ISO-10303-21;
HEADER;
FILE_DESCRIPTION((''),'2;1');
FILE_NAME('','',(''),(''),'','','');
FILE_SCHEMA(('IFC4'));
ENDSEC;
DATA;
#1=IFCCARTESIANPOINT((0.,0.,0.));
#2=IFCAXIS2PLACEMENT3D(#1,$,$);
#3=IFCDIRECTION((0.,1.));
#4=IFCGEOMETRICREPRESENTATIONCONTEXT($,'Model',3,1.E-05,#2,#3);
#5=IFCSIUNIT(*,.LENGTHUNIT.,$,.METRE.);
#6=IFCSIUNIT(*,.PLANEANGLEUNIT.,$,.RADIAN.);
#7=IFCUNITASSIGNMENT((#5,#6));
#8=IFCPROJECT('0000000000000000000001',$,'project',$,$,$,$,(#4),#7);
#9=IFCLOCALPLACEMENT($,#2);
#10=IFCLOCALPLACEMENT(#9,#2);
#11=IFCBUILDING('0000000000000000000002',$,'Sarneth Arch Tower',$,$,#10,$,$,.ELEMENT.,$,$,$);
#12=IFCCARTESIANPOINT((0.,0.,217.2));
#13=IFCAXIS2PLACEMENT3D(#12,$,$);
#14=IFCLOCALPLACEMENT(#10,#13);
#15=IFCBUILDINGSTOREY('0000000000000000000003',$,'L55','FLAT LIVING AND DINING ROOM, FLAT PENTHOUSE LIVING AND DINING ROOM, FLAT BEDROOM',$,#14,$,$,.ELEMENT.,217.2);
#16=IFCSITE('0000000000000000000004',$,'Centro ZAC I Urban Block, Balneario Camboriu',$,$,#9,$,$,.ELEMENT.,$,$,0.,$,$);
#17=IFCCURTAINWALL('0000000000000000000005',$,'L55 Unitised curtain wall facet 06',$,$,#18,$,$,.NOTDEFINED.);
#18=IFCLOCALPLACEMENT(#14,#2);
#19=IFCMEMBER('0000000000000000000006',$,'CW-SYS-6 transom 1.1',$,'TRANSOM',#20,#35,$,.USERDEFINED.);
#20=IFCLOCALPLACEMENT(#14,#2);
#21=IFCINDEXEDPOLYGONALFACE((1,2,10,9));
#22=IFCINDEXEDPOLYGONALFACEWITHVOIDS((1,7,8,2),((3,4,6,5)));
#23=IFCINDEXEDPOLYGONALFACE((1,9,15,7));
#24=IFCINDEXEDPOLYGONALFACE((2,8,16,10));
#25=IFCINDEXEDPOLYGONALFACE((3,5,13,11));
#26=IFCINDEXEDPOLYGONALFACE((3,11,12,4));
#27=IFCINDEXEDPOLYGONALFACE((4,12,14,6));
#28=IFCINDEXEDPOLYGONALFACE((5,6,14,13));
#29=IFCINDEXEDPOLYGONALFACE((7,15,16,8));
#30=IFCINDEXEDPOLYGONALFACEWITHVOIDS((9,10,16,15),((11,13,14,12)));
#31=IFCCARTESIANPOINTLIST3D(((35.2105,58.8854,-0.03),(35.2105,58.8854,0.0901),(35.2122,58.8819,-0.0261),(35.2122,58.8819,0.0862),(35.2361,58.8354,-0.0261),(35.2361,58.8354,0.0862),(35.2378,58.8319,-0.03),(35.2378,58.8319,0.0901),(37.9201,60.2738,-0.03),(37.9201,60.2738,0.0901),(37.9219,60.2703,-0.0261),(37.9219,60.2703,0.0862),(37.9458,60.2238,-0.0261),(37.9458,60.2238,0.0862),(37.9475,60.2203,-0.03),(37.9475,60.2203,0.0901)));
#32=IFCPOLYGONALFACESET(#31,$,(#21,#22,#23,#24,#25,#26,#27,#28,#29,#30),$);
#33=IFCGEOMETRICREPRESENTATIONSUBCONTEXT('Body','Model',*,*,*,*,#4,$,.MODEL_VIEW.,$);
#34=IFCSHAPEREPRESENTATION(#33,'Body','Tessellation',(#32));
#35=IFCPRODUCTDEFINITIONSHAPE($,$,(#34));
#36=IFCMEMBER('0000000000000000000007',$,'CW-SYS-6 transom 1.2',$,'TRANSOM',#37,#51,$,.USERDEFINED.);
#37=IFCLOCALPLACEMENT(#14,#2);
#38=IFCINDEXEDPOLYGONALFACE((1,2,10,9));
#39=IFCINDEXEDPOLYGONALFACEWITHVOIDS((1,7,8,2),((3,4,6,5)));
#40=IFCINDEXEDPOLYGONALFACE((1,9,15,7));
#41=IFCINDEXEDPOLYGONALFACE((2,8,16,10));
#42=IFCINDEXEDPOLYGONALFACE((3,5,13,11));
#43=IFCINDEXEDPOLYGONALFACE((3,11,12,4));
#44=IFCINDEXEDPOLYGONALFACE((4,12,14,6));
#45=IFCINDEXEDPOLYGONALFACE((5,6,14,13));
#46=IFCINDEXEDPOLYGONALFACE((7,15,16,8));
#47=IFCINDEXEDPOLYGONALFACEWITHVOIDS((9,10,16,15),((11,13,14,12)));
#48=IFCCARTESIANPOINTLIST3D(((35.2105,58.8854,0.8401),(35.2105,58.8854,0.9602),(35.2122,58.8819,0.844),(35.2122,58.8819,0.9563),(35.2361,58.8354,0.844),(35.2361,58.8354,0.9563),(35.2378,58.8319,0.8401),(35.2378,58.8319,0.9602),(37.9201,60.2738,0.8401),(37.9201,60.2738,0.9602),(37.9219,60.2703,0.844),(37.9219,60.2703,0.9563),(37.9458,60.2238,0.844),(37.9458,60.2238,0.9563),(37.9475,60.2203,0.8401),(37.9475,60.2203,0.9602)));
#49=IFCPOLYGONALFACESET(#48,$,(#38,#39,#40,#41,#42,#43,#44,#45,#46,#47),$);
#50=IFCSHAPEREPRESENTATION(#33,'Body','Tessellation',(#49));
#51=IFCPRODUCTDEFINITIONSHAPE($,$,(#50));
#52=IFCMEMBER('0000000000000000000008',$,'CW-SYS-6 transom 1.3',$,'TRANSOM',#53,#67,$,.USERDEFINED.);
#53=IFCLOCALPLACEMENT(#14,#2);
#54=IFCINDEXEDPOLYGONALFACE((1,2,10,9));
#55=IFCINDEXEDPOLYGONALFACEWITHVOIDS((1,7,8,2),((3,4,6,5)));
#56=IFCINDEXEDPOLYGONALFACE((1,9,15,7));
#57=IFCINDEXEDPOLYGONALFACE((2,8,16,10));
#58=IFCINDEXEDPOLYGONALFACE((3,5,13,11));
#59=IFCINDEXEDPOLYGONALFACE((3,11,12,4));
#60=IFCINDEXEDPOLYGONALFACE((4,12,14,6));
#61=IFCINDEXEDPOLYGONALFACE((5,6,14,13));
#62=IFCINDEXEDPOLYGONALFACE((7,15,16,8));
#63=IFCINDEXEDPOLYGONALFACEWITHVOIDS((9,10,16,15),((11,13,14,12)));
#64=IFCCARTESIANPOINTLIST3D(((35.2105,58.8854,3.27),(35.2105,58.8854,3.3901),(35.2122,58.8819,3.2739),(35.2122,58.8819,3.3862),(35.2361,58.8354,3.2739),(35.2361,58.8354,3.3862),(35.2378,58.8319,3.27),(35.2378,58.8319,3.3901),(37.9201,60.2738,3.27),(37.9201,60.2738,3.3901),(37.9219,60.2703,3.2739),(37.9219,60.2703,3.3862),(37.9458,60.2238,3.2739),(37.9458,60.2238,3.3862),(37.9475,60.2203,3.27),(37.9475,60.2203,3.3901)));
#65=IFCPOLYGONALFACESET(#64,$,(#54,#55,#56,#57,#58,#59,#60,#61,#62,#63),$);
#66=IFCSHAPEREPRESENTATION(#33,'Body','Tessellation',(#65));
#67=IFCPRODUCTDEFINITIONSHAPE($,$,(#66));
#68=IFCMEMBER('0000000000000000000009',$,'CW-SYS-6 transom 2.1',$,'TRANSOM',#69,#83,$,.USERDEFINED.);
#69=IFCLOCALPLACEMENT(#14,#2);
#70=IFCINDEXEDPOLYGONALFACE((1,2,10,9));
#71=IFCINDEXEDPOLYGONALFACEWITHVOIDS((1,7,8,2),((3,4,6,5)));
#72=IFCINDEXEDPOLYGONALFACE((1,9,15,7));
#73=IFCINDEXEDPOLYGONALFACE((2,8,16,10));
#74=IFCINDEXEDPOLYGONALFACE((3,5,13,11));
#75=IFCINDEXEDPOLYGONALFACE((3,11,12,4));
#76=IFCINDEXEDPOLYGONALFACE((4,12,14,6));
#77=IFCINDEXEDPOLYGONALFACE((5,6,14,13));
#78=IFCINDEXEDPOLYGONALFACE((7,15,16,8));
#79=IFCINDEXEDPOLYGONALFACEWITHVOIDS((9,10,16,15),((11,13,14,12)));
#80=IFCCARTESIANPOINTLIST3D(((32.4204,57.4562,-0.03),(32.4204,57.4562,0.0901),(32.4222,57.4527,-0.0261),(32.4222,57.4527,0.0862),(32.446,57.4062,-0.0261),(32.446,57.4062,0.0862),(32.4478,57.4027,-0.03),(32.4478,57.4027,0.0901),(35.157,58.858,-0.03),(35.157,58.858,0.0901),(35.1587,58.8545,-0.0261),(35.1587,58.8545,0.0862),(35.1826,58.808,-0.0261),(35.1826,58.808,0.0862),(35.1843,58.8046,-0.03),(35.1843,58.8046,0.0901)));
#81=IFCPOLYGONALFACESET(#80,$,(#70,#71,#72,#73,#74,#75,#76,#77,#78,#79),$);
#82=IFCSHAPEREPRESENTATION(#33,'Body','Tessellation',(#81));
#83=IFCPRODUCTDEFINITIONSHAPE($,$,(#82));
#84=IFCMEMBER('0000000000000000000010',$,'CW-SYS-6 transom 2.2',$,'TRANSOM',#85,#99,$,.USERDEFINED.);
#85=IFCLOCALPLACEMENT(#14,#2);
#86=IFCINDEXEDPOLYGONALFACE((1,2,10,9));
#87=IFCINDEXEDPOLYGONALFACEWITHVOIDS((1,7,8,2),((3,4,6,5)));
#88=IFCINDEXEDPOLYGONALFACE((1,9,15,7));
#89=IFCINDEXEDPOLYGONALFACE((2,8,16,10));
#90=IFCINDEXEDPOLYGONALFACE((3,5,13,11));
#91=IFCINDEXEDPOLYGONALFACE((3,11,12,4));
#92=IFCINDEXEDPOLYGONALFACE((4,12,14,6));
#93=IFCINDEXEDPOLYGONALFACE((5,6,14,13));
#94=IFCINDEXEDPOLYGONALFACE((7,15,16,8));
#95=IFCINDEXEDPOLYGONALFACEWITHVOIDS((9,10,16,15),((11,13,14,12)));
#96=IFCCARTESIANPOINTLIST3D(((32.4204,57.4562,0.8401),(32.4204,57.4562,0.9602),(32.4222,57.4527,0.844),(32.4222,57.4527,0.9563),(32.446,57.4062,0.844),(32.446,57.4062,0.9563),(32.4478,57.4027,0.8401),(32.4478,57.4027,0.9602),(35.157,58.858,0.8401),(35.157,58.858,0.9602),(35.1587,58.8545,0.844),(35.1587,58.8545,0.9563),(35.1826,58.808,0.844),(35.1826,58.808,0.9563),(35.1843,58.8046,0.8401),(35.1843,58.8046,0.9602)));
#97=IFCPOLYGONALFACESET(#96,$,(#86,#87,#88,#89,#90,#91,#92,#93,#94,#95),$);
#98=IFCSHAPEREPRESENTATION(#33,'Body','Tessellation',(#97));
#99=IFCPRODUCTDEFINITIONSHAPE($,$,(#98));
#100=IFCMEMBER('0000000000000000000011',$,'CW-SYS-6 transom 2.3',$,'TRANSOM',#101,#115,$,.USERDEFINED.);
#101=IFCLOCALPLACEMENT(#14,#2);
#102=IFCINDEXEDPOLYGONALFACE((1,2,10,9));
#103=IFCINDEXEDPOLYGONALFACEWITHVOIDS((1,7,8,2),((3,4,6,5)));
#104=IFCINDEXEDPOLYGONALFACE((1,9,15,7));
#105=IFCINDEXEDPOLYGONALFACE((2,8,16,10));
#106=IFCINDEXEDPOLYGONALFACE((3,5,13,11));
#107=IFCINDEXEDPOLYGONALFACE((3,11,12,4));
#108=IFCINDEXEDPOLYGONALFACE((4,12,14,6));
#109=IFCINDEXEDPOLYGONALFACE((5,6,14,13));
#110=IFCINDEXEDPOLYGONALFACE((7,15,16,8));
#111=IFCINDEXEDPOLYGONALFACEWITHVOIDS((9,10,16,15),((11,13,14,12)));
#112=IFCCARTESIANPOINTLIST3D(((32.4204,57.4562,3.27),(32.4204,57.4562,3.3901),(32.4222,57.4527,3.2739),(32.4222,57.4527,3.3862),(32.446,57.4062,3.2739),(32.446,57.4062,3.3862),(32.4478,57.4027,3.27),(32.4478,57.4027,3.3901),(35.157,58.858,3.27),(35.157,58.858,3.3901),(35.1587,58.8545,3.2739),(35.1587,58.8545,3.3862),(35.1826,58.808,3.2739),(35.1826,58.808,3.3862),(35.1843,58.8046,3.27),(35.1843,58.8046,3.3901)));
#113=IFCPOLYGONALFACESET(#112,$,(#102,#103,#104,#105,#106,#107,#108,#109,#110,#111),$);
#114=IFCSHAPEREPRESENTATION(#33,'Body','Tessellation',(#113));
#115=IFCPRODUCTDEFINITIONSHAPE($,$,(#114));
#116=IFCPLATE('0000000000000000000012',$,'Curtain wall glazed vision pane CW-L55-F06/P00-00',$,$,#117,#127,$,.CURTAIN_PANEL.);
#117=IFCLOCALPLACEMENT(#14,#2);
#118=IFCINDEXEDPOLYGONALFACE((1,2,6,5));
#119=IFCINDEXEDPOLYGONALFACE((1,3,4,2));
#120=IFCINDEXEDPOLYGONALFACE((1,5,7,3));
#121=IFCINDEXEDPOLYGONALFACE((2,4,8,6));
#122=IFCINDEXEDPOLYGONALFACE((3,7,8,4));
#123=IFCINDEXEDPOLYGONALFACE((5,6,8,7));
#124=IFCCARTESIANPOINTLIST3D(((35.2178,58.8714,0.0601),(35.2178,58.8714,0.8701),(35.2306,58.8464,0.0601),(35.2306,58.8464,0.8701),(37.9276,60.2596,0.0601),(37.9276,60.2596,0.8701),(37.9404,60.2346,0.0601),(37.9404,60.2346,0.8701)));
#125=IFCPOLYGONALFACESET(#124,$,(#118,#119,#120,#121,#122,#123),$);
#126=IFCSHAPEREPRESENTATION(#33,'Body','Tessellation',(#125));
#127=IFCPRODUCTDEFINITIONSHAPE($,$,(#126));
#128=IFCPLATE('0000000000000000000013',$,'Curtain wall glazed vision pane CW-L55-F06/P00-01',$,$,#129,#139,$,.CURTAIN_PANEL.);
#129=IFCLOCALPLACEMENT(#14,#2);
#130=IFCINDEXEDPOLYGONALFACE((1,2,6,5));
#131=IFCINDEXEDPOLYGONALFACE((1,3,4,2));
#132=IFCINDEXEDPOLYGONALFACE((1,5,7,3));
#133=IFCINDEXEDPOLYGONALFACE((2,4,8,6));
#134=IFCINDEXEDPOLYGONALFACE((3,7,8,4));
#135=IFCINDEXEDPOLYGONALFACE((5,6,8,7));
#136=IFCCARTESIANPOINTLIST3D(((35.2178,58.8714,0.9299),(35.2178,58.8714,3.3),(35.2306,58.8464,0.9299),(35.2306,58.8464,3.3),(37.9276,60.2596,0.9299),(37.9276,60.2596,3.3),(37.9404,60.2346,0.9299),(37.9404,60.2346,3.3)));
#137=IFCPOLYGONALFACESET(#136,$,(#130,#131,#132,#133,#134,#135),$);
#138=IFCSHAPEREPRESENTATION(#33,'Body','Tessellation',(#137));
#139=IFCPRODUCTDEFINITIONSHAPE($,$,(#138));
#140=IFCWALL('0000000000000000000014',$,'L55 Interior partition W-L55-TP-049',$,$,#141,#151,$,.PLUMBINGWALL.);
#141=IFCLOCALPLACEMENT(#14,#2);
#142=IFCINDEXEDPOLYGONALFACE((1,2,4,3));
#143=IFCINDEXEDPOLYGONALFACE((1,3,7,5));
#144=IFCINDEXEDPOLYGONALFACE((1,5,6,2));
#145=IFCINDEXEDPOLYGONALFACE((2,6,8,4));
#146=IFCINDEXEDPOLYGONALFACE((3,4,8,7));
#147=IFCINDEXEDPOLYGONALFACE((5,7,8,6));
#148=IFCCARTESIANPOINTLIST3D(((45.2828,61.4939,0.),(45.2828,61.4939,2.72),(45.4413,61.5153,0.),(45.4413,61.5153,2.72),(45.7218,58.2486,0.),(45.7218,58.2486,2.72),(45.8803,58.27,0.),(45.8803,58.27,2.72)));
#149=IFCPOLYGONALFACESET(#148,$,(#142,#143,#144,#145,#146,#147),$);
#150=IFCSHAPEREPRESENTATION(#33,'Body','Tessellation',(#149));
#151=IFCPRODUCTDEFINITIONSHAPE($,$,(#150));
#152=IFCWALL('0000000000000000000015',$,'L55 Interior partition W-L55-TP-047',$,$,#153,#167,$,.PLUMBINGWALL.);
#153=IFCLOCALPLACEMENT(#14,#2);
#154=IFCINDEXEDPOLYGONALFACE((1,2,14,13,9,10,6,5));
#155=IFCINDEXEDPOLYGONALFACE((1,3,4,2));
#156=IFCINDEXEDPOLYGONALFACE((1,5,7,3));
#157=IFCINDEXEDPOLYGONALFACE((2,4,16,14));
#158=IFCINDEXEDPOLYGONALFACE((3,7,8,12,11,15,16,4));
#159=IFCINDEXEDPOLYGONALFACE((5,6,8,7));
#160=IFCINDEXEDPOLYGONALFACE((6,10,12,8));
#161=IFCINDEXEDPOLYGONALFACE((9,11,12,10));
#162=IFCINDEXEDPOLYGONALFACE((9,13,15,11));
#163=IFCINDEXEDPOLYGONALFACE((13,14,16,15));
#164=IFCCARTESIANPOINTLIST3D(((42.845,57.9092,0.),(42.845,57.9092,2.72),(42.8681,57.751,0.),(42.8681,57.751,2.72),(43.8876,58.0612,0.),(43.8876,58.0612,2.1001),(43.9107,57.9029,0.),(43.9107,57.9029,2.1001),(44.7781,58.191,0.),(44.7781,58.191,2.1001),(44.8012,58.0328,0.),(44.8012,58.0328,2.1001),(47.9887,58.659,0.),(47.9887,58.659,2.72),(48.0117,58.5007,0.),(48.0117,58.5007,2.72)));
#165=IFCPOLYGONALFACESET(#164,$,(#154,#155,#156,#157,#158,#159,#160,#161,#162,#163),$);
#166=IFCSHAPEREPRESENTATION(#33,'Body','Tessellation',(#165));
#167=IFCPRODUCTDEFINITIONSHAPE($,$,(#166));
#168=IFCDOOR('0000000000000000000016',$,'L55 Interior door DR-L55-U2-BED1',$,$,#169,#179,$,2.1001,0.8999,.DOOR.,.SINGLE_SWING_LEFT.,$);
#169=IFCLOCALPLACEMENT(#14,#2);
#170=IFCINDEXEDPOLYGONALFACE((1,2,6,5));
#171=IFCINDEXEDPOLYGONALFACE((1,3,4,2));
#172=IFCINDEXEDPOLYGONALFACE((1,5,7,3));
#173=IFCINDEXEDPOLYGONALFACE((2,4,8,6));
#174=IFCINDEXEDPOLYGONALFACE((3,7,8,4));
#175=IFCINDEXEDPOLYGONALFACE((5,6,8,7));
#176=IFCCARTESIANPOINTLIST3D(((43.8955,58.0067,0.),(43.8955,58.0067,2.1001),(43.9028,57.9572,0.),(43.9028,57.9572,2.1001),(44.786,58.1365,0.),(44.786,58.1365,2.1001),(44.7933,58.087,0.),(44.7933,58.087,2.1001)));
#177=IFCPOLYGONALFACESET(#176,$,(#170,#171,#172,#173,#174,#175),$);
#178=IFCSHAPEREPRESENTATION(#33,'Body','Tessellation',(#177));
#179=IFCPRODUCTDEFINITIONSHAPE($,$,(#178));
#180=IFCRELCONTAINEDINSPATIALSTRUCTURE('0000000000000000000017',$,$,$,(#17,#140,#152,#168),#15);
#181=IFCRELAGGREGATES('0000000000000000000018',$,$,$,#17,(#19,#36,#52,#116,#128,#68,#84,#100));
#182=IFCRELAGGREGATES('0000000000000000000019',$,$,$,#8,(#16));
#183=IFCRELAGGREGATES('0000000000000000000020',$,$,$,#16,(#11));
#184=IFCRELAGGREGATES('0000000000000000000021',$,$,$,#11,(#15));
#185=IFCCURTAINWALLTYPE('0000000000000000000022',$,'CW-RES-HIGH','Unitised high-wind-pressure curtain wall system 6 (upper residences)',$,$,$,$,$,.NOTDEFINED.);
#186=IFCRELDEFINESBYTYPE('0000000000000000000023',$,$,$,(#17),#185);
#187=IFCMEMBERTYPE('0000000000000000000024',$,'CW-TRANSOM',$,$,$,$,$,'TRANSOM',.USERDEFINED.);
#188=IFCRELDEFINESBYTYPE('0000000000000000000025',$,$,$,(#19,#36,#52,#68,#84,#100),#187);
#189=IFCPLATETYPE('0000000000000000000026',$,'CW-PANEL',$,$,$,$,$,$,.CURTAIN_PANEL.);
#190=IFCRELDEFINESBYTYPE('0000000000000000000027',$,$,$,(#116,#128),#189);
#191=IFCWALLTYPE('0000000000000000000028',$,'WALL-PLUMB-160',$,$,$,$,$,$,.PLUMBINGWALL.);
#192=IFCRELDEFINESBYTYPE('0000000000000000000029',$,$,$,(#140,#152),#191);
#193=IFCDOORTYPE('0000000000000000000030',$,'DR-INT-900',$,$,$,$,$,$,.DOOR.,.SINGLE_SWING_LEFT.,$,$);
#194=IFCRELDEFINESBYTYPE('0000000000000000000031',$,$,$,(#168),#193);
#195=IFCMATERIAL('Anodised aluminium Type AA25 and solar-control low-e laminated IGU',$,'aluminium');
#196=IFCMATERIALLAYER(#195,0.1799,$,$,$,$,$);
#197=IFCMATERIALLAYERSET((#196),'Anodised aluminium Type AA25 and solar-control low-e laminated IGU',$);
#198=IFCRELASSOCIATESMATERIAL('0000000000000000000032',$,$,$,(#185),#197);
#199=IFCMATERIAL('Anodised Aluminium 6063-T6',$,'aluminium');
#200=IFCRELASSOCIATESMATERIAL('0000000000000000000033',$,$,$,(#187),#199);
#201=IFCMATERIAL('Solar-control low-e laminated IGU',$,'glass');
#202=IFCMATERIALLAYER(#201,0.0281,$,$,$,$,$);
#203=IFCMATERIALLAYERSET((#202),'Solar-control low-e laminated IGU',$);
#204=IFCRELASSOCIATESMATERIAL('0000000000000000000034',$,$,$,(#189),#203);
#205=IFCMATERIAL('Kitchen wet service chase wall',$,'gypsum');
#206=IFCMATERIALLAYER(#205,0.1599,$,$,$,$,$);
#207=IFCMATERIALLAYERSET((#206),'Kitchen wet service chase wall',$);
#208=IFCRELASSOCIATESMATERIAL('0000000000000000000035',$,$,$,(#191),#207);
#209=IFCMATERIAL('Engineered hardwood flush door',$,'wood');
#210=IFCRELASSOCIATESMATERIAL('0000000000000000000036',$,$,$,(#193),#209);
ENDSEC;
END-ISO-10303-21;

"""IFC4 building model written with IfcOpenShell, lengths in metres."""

from ifc_helpers import new_model, si_unit, direction, frame, frame_2d, origin, origin_2d, place, context, subcontext, project, spatial, rectangle, hollow_rectangle, extrude, material, layer, layer_set, material_profile, profile_set, type_object, element, fill, aggregate, save


model = new_model("IFC4")

# Units and contexts
model_context = context("Model", 3, precision=1e-05, world=origin(), true_north=direction((0.0, 1.0)))
body_context = subcontext(model_context, "Body", "Model", "MODEL_VIEW")
ifc_project = project(units=[si_unit("LENGTHUNIT", "METRE"), si_unit("PLANEANGLEUNIT", "RADIAN")], contexts=[model_context])

# Site, building, storey
site_placement = place(None, origin())
site = spatial("IfcSite", under=ifc_project, at=site_placement, Name="Centro ZAC I Urban Block, Balneario Camboriu", CompositionType="ELEMENT", RefElevation=0.0)
building_placement = place(site_placement, origin())
building = spatial("IfcBuilding", under=site, at=building_placement, Name="Sarneth Arch Tower", CompositionType="ELEMENT")
storey_placement = place(building_placement, frame((0.0, 0.0, 217.2)))
storey = spatial("IfcBuildingStorey", under=building, at=storey_placement, Name="L55", Description="FLAT LIVING AND DINING ROOM, FLAT PENTHOUSE LIVING AND DINING ROOM, FLAT BEDROOM", CompositionType="ELEMENT", Elevation=217.2)

# Curtain wall, members, plates
ifc_material_1 = material(Name="Anodised aluminium Type AA25 and solar-control low-e laminated IGU", Category="aluminium")
ifc_layer_1 = layer(ifc_material_1, 0.1799)
ifc_layer_set_1 = layer_set([ifc_layer_1], Name="Anodised aluminium Type AA25 and solar-control low-e laminated IGU")
curtain_wall_type = type_object("IfcCurtainWallType", Name="CW-RES-HIGH", Description="Unitised high-wind-pressure curtain wall system 6 (upper residences)", PredefinedType="NOTDEFINED", material=ifc_layer_set_1)
curtain_wall_placement = place(storey_placement, origin())
curtain_wall = element("IfcCurtainWall", 1, at=curtain_wall_placement, inside=storey, type_object=curtain_wall_type, Name="L55 Unitised curtain wall facet 06", PredefinedType="NOTDEFINED")
ifc_material_2 = material(Name="Anodised Aluminium 6063-T6", Category="aluminium")
ifc_material_profile_1 = material_profile(ifc_material_2, hollow_rectangle(XDim=0.0601, YDim=0.1201, WallThickness=0.0039, at=origin_2d()), Name="AL-TRAN-120x60x4")
ifc_profile_set_1 = profile_set([ifc_material_profile_1], Name="Anodised Aluminium 6063-T6")
member_type_1 = type_object("IfcMemberType", Name="CW-TRANSOM", ElementType="TRANSOM", PredefinedType="USERDEFINED", material=ifc_profile_set_1)
member_1_placement = place(storey_placement, frame((37.9338, 60.2471, 0.03), z_axis=(-0.889974, -0.456012, 0.0), x_axis=(0.456012, -0.889974, 0.0)))
member_1 = element("IfcMember", 2, at=member_1_placement, type_object=member_type_1, Name="CW-SYS-6 transom 1.1", ObjectType="TRANSOM", PredefinedType="USERDEFINED", context=body_context, shape_type="SweptSolid", body=[
    extrude(hollow_rectangle(XDim=0.0601, YDim=0.1201, WallThickness=0.0039, at=origin_2d()), origin(), (0.0, 0.0, 1.0), 3.0447),
])
member_2_placement = place(storey_placement, frame((37.9338, 60.2471, 0.9001), z_axis=(-0.889974, -0.456012, 0.0), x_axis=(0.456012, -0.889974, 0.0)))
member_2 = element("IfcMember", 3, at=member_2_placement, type_object=member_type_1, Name="CW-SYS-6 transom 1.2", ObjectType="TRANSOM", PredefinedType="USERDEFINED", context=body_context, shape_type="SweptSolid", body=[
    extrude(hollow_rectangle(XDim=0.0601, YDim=0.1201, WallThickness=0.0039, at=origin_2d()), origin(), (0.0, 0.0, 1.0), 3.0447),
])
member_3_placement = place(storey_placement, frame((37.9338, 60.2471, 3.3301), z_axis=(-0.889974, -0.456012, 0.0), x_axis=(0.456012, -0.889974, 0.0)))
member_3 = element("IfcMember", 4, at=member_3_placement, type_object=member_type_1, Name="CW-SYS-6 transom 1.3", ObjectType="TRANSOM", PredefinedType="USERDEFINED", context=body_context, shape_type="SweptSolid", body=[
    extrude(hollow_rectangle(XDim=0.0601, YDim=0.1201, WallThickness=0.0039, at=origin_2d()), origin(), (0.0, 0.0, 1.0), 3.0447),
])
member_4_placement = place(storey_placement, frame((35.1707, 58.8313, 0.03), z_axis=(-0.890017, -0.455926, 0.0), x_axis=(0.455926, -0.890017, 0.0)))
member_4 = element("IfcMember", 5, at=member_4_placement, type_object=member_type_1, Name="CW-SYS-6 transom 2.1", ObjectType="TRANSOM", PredefinedType="USERDEFINED", context=body_context, shape_type="SweptSolid", body=[
    extrude(hollow_rectangle(XDim=0.0601, YDim=0.1201, WallThickness=0.0039, at=origin_2d()), origin(), (0.0, 0.0, 1.0), 3.0747),
])
member_5_placement = place(storey_placement, frame((35.1707, 58.8313, 0.9001), z_axis=(-0.890017, -0.455926, 0.0), x_axis=(0.455926, -0.890017, 0.0)))
member_5 = element("IfcMember", 6, at=member_5_placement, type_object=member_type_1, Name="CW-SYS-6 transom 2.2", ObjectType="TRANSOM", PredefinedType="USERDEFINED", context=body_context, shape_type="SweptSolid", body=[
    extrude(hollow_rectangle(XDim=0.0601, YDim=0.1201, WallThickness=0.0039, at=origin_2d()), origin(), (0.0, 0.0, 1.0), 3.0747),
])
member_6_placement = place(storey_placement, frame((35.1707, 58.8313, 3.3301), z_axis=(-0.890017, -0.455926, 0.0), x_axis=(0.455926, -0.890017, 0.0)))
member_6 = element("IfcMember", 7, at=member_6_placement, type_object=member_type_1, Name="CW-SYS-6 transom 2.3", ObjectType="TRANSOM", PredefinedType="USERDEFINED", context=body_context, shape_type="SweptSolid", body=[
    extrude(hollow_rectangle(XDim=0.0601, YDim=0.1201, WallThickness=0.0039, at=origin_2d()), origin(), (0.0, 0.0, 1.0), 3.0747),
])
ifc_material_3 = material(Name="Solar-control low-e laminated IGU", Category="glass")
ifc_layer_2 = layer(ifc_material_3, 0.0281)
ifc_layer_set_2 = layer_set([ifc_layer_2], Name="Solar-control low-e laminated IGU")
plate_type = type_object("IfcPlateType", Name="CW-PANEL", PredefinedType="CURTAIN_PANEL", material=ifc_layer_set_2)
plate_1_placement = place(storey_placement, frame((36.5791, 59.553, 0.0601), z_axis=(0.0, 0.0, 1.0), x_axis=(-0.89001, -0.455942, 0.0)))
plate_1 = element("IfcPlate", 8, at=plate_1_placement, type_object=plate_type, Name="Curtain wall glazed vision pane CW-L55-F06/P00-00", PredefinedType="CURTAIN_PANEL", context=body_context, shape_type="SweptSolid", body=[
    extrude(rectangle(XDim=3.0447, YDim=0.0281, at=origin_2d()), origin(), (0.0, 0.0, 1.0), 0.8101),
])
plate_2_placement = place(storey_placement, frame((36.5791, 59.553, 0.9299), z_axis=(0.0, 0.0, 1.0), x_axis=(-0.89001, -0.455942, 0.0)))
plate_2 = element("IfcPlate", 9, at=plate_2_placement, type_object=plate_type, Name="Curtain wall glazed vision pane CW-L55-F06/P00-01", PredefinedType="CURTAIN_PANEL", context=body_context, shape_type="SweptSolid", body=[
    extrude(rectangle(XDim=3.0447, YDim=0.0281, at=origin_2d()), origin(), (0.0, 0.0, 1.0), 2.3701),
])
aggregate(curtain_wall, [member_1, member_2, member_3, plate_1, plate_2, member_4, member_5, member_6])

# Wall
ifc_material_4 = material(Name="Kitchen wet service chase wall", Category="gypsum")
ifc_layer_3 = layer(ifc_material_4, 0.1599)
ifc_layer_set_3 = layer_set([ifc_layer_3], Name="Kitchen wet service chase wall")
wall_type_1 = type_object("IfcWallType", Name="WALL-PLUMB-160", PredefinedType="PLUMBINGWALL", material=ifc_layer_set_3)
wall_1_placement = place(storey_placement, frame((45.801, 58.2593, 0.0), z_axis=(0.0, 0.0, 1.0), x_axis=(-0.134039, 0.990976, 0.0)))
element("IfcWall", 10, at=wall_1_placement, inside=storey, type_object=wall_type_1, Name="L55 Interior partition W-L55-TP-049", PredefinedType="PLUMBINGWALL", context=body_context, shape_type="SweptSolid", body=[
    extrude(rectangle(XDim=3.2749, YDim=0.1599, at=frame_2d((1.6375, 0.0))), origin(), (0.0, 0.0, 1.0), 2.72),
])

# Wall, opening, door
wall_2_placement = place(storey_placement, frame((42.8564, 57.8301, 0.0), z_axis=(0.0, 0.0, 1.0), x_axis=(0.989542, 0.144242, 0.0)))
wall_2 = element("IfcWall", 11, at=wall_2_placement, inside=storey, type_object=wall_type_1, Name="L55 Interior partition W-L55-TP-047", PredefinedType="PLUMBINGWALL", context=body_context, shape_type="SweptSolid", body=[
    extrude(rectangle(XDim=5.198, YDim=0.1599, at=frame_2d((2.5991, 0.0))), origin(), (0.0, 0.0, 1.0), 2.72),
])
opening_1_placement = place(wall_2_placement, frame((1.0537, 0.0, 0.0)))
opening_1 = element("IfcOpeningElement", 12, at=opening_1_placement, cuts=wall_2, PredefinedType="OPENING", context=body_context, shape_type="SweptSolid", body=[
    extrude(rectangle(XDim=0.8999, YDim=2.1001, at=frame_2d((0.45, 1.05))), frame((0.0, 0.0898, 0.0), z_axis=(0.0, -1.0, 0.0), x_axis=(1.0, 0.0, 0.0)), (0.0, 0.0, 1.0), 0.1799),
])
ifc_material_5 = material(Name="Engineered hardwood flush door", Category="wood")
door_type_1 = type_object("IfcDoorType", Name="DR-INT-900", OperationType="SINGLE_SWING_LEFT", PredefinedType="DOOR", material=ifc_material_5)
door_1_placement = place(opening_1_placement, origin())
door_1 = element("IfcDoor", 13, at=door_1_placement, inside=storey, type_object=door_type_1, Name="L55 Interior door DR-L55-U2-BED1", OperationType="SINGLE_SWING_LEFT", OverallHeight=2.1001, OverallWidth=0.8999, PredefinedType="DOOR", context=body_context, shape_type="SweptSolid", body=[
    extrude(rectangle(XDim=0.8999, YDim=2.1001, at=frame_2d((0.45, 1.05))), frame((0.0, 0.0249, 0.0), z_axis=(0.0, -1.0, 0.0), x_axis=(1.0, 0.0, 0.0)), (0.0, 0.0, 1.0), 0.05),
])
fill(opening_1, door_1)

save(model, "model.ifc")
